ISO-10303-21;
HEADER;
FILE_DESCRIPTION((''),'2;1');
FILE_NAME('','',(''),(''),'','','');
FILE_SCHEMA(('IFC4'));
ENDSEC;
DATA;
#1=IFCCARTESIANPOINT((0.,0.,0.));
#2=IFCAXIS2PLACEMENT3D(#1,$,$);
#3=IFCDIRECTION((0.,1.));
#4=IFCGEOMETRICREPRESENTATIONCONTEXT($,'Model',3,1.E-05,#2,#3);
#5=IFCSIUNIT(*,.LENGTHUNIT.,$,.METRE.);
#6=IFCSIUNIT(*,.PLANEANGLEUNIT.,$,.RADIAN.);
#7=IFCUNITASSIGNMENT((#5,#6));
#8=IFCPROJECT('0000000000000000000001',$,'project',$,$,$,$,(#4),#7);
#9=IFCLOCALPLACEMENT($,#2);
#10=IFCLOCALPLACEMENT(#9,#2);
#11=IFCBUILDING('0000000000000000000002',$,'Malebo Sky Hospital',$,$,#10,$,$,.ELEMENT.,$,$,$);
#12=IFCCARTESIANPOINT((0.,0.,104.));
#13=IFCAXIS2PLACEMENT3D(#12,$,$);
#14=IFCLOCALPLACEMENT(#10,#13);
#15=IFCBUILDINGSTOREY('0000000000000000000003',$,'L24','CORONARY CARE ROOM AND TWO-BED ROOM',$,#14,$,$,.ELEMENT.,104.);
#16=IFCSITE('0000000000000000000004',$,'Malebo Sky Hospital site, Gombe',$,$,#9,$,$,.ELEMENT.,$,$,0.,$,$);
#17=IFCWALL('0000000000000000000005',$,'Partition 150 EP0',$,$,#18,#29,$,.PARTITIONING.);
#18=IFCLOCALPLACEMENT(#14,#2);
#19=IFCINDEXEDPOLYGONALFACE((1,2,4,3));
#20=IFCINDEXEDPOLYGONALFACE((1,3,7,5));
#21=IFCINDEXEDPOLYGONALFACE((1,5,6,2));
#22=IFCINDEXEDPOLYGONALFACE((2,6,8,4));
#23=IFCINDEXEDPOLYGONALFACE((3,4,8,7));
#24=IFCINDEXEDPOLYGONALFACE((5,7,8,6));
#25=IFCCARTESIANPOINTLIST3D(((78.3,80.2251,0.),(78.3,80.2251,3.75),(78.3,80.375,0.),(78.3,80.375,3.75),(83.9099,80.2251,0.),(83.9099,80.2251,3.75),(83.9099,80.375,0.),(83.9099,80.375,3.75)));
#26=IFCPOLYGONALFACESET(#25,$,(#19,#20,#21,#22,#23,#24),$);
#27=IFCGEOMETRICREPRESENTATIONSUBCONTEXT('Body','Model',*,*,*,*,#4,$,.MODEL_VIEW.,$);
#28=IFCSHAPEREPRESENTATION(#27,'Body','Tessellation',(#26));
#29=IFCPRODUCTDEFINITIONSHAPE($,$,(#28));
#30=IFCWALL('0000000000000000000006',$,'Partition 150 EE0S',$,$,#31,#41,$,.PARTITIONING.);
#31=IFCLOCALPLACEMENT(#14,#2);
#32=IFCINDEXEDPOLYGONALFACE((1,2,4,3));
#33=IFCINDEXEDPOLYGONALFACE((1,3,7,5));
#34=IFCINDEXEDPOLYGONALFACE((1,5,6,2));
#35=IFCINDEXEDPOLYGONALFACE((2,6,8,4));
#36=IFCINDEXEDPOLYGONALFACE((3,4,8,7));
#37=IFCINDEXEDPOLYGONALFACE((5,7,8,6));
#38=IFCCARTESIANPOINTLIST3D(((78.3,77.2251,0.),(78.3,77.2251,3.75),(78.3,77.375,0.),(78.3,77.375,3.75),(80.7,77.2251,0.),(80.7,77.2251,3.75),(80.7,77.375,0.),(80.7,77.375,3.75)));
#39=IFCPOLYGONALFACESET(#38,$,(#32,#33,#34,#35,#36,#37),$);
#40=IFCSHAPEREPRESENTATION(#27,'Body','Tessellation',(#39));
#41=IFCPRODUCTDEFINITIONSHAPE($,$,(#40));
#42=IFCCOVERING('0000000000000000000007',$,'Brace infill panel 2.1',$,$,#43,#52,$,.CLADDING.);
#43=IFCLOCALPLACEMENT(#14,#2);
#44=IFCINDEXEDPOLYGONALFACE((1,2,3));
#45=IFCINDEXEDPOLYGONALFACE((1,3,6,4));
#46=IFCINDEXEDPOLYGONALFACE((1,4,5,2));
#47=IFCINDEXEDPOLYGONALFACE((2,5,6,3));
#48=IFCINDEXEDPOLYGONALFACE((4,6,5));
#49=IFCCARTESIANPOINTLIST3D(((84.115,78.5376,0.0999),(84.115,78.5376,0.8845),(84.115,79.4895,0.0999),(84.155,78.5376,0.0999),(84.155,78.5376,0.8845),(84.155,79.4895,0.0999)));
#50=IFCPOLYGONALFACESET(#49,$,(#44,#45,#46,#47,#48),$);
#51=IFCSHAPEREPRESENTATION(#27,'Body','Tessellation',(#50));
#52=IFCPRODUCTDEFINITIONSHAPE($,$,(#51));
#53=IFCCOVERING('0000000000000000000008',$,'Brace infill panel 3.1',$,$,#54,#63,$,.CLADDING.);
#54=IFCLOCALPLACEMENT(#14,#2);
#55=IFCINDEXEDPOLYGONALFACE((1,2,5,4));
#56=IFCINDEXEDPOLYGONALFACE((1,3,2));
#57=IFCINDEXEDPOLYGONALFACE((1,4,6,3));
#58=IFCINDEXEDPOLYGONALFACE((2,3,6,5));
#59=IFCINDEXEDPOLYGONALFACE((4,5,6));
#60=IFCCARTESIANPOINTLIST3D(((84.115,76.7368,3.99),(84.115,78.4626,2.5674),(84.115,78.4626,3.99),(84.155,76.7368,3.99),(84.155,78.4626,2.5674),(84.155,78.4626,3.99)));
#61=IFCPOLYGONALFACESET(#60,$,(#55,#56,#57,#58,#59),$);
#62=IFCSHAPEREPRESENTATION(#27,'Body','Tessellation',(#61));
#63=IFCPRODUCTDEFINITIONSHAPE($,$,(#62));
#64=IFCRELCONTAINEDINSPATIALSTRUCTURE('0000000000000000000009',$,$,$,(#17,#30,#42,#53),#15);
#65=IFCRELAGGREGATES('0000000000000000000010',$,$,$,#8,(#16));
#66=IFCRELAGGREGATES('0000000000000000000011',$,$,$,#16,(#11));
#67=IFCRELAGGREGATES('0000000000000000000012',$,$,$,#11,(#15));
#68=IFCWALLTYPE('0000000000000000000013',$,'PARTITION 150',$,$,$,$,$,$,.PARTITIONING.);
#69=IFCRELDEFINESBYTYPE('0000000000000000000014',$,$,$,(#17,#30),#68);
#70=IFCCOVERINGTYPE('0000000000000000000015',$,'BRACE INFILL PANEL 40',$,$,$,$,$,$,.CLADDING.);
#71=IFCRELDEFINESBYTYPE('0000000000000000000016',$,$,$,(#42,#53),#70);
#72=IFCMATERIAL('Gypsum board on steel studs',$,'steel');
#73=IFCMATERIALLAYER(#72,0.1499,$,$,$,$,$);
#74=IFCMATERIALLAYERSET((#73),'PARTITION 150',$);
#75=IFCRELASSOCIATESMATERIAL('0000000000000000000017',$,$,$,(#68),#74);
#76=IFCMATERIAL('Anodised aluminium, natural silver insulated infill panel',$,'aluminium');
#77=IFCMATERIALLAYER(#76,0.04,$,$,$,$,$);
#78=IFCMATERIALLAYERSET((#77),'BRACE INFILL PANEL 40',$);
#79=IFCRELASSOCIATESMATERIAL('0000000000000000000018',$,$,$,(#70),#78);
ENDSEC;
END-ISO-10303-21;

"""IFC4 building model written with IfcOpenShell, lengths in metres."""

from ifc_helpers import new_model, si_unit, direction, frame, frame_2d, origin, place, context, subcontext, project, spatial, polyline, rectangle, outline, extrude, material, layer, layer_set, type_object, element, save


model = new_model("IFC4")

# Units and contexts
model_context = context("Model", 3, precision=1e-05, world=origin(), true_north=direction((0.0, 1.0)))
body_context = subcontext(model_context, "Body", "Model", "MODEL_VIEW")
ifc_project = project(units=[si_unit("LENGTHUNIT", "METRE"), si_unit("PLANEANGLEUNIT", "RADIAN")], contexts=[model_context])

# Site, building, storey
site_placement = place(None, origin())
site = spatial("IfcSite", under=ifc_project, at=site_placement, Name="Malebo Sky Hospital site, Gombe", CompositionType="ELEMENT", RefElevation=0.0)
building_placement = place(site_placement, origin())
building = spatial("IfcBuilding", under=site, at=building_placement, Name="Malebo Sky Hospital", CompositionType="ELEMENT")
storey_placement = place(building_placement, frame((0.0, 0.0, 104.0)))
storey = spatial("IfcBuildingStorey", under=building, at=storey_placement, Name="L24", Description="CORONARY CARE ROOM AND TWO-BED ROOM", CompositionType="ELEMENT", Elevation=104.0)

# Shared definitions
ifc_material_1 = material(Name="Gypsum board on steel studs", Category="steel")

# Walls
ifc_layer_1 = layer(ifc_material_1, 0.1499)
ifc_layer_set_1 = layer_set([ifc_layer_1], Name="PARTITION 150")
wall_type_1 = type_object("IfcWallType", Name="PARTITION 150", PredefinedType="PARTITIONING", material=ifc_layer_set_1)
wall_1_placement = place(storey_placement, frame((78.3, 80.3, 0.0), z_axis=(0.0, 0.0, 1.0), x_axis=(1.0, 0.0, 0.0)))
element("IfcWall", 1, at=wall_1_placement, inside=storey, type_object=wall_type_1, Name="Partition 150 EP0", PredefinedType="PARTITIONING", context=body_context, shape_type="SweptSolid", body=[
    extrude(rectangle(XDim=5.6099, YDim=0.1499, at=frame_2d((2.8049, 0.0))), origin(), (0.0, 0.0, 1.0), 3.75),
])
wall_2_placement = place(storey_placement, frame((78.3, 77.3, 0.0), z_axis=(0.0, 0.0, 1.0), x_axis=(1.0, 0.0, 0.0)))
element("IfcWall", 2, at=wall_2_placement, inside=storey, type_object=wall_type_1, Name="Partition 150 EE0S", PredefinedType="PARTITIONING", context=body_context, shape_type="SweptSolid", body=[
    extrude(rectangle(XDim=2.3999, YDim=0.1499, at=frame_2d((1.2, 0.0))), origin(), (0.0, 0.0, 1.0), 3.75),
])

# Coverings
ifc_material_2 = material(Name="Anodised aluminium, natural silver insulated infill panel", Category="aluminium")
ifc_layer_2 = layer(ifc_material_2, 0.04)
ifc_layer_set_2 = layer_set([ifc_layer_2], Name="BRACE INFILL PANEL 40")
covering_type = type_object("IfcCoveringType", Name="BRACE INFILL PANEL 40", PredefinedType="CLADDING", material=ifc_layer_set_2)
covering_1_placement = place(storey_placement, frame((84.135, 79.0134, 0.0999), z_axis=(0.0, 0.0, 1.0), x_axis=(0.0, -1.0, 0.0)))
element("IfcCovering", 3, at=covering_1_placement, inside=storey, type_object=covering_type, Name="Brace infill panel 2.1", PredefinedType="CLADDING", context=body_context, shape_type="SweptSolid", body=[
    extrude(outline(polyline([(-0.4761, 0.0), (0.4758, 0.0), (0.4758, 0.7847), (-0.4761, 0.0)])), frame((0.0, 0.02, 0.0), z_axis=(0.0, -1.0, 0.0), x_axis=(1.0, 0.0, 0.0)), (0.0, 0.0, 1.0), 0.04),
])
covering_2_placement = place(storey_placement, frame((84.135, 77.5996, 2.5674), z_axis=(0.0, 0.0, 1.0), x_axis=(0.0, -1.0, 0.0)))
element("IfcCovering", 4, at=covering_2_placement, inside=storey, type_object=covering_type, Name="Brace infill panel 3.1", PredefinedType="CLADDING", context=body_context, shape_type="SweptSolid", body=[
    extrude(outline(polyline([(-0.863, 0.0), (0.8628, 1.4226), (-0.863, 1.4226), (-0.863, 0.0)])), frame((0.0, 0.02, 0.0), z_axis=(0.0, -1.0, 0.0), x_axis=(1.0, 0.0, 0.0)), (0.0, 0.0, 1.0), 0.04),
])

save(model, "model.ifc")
